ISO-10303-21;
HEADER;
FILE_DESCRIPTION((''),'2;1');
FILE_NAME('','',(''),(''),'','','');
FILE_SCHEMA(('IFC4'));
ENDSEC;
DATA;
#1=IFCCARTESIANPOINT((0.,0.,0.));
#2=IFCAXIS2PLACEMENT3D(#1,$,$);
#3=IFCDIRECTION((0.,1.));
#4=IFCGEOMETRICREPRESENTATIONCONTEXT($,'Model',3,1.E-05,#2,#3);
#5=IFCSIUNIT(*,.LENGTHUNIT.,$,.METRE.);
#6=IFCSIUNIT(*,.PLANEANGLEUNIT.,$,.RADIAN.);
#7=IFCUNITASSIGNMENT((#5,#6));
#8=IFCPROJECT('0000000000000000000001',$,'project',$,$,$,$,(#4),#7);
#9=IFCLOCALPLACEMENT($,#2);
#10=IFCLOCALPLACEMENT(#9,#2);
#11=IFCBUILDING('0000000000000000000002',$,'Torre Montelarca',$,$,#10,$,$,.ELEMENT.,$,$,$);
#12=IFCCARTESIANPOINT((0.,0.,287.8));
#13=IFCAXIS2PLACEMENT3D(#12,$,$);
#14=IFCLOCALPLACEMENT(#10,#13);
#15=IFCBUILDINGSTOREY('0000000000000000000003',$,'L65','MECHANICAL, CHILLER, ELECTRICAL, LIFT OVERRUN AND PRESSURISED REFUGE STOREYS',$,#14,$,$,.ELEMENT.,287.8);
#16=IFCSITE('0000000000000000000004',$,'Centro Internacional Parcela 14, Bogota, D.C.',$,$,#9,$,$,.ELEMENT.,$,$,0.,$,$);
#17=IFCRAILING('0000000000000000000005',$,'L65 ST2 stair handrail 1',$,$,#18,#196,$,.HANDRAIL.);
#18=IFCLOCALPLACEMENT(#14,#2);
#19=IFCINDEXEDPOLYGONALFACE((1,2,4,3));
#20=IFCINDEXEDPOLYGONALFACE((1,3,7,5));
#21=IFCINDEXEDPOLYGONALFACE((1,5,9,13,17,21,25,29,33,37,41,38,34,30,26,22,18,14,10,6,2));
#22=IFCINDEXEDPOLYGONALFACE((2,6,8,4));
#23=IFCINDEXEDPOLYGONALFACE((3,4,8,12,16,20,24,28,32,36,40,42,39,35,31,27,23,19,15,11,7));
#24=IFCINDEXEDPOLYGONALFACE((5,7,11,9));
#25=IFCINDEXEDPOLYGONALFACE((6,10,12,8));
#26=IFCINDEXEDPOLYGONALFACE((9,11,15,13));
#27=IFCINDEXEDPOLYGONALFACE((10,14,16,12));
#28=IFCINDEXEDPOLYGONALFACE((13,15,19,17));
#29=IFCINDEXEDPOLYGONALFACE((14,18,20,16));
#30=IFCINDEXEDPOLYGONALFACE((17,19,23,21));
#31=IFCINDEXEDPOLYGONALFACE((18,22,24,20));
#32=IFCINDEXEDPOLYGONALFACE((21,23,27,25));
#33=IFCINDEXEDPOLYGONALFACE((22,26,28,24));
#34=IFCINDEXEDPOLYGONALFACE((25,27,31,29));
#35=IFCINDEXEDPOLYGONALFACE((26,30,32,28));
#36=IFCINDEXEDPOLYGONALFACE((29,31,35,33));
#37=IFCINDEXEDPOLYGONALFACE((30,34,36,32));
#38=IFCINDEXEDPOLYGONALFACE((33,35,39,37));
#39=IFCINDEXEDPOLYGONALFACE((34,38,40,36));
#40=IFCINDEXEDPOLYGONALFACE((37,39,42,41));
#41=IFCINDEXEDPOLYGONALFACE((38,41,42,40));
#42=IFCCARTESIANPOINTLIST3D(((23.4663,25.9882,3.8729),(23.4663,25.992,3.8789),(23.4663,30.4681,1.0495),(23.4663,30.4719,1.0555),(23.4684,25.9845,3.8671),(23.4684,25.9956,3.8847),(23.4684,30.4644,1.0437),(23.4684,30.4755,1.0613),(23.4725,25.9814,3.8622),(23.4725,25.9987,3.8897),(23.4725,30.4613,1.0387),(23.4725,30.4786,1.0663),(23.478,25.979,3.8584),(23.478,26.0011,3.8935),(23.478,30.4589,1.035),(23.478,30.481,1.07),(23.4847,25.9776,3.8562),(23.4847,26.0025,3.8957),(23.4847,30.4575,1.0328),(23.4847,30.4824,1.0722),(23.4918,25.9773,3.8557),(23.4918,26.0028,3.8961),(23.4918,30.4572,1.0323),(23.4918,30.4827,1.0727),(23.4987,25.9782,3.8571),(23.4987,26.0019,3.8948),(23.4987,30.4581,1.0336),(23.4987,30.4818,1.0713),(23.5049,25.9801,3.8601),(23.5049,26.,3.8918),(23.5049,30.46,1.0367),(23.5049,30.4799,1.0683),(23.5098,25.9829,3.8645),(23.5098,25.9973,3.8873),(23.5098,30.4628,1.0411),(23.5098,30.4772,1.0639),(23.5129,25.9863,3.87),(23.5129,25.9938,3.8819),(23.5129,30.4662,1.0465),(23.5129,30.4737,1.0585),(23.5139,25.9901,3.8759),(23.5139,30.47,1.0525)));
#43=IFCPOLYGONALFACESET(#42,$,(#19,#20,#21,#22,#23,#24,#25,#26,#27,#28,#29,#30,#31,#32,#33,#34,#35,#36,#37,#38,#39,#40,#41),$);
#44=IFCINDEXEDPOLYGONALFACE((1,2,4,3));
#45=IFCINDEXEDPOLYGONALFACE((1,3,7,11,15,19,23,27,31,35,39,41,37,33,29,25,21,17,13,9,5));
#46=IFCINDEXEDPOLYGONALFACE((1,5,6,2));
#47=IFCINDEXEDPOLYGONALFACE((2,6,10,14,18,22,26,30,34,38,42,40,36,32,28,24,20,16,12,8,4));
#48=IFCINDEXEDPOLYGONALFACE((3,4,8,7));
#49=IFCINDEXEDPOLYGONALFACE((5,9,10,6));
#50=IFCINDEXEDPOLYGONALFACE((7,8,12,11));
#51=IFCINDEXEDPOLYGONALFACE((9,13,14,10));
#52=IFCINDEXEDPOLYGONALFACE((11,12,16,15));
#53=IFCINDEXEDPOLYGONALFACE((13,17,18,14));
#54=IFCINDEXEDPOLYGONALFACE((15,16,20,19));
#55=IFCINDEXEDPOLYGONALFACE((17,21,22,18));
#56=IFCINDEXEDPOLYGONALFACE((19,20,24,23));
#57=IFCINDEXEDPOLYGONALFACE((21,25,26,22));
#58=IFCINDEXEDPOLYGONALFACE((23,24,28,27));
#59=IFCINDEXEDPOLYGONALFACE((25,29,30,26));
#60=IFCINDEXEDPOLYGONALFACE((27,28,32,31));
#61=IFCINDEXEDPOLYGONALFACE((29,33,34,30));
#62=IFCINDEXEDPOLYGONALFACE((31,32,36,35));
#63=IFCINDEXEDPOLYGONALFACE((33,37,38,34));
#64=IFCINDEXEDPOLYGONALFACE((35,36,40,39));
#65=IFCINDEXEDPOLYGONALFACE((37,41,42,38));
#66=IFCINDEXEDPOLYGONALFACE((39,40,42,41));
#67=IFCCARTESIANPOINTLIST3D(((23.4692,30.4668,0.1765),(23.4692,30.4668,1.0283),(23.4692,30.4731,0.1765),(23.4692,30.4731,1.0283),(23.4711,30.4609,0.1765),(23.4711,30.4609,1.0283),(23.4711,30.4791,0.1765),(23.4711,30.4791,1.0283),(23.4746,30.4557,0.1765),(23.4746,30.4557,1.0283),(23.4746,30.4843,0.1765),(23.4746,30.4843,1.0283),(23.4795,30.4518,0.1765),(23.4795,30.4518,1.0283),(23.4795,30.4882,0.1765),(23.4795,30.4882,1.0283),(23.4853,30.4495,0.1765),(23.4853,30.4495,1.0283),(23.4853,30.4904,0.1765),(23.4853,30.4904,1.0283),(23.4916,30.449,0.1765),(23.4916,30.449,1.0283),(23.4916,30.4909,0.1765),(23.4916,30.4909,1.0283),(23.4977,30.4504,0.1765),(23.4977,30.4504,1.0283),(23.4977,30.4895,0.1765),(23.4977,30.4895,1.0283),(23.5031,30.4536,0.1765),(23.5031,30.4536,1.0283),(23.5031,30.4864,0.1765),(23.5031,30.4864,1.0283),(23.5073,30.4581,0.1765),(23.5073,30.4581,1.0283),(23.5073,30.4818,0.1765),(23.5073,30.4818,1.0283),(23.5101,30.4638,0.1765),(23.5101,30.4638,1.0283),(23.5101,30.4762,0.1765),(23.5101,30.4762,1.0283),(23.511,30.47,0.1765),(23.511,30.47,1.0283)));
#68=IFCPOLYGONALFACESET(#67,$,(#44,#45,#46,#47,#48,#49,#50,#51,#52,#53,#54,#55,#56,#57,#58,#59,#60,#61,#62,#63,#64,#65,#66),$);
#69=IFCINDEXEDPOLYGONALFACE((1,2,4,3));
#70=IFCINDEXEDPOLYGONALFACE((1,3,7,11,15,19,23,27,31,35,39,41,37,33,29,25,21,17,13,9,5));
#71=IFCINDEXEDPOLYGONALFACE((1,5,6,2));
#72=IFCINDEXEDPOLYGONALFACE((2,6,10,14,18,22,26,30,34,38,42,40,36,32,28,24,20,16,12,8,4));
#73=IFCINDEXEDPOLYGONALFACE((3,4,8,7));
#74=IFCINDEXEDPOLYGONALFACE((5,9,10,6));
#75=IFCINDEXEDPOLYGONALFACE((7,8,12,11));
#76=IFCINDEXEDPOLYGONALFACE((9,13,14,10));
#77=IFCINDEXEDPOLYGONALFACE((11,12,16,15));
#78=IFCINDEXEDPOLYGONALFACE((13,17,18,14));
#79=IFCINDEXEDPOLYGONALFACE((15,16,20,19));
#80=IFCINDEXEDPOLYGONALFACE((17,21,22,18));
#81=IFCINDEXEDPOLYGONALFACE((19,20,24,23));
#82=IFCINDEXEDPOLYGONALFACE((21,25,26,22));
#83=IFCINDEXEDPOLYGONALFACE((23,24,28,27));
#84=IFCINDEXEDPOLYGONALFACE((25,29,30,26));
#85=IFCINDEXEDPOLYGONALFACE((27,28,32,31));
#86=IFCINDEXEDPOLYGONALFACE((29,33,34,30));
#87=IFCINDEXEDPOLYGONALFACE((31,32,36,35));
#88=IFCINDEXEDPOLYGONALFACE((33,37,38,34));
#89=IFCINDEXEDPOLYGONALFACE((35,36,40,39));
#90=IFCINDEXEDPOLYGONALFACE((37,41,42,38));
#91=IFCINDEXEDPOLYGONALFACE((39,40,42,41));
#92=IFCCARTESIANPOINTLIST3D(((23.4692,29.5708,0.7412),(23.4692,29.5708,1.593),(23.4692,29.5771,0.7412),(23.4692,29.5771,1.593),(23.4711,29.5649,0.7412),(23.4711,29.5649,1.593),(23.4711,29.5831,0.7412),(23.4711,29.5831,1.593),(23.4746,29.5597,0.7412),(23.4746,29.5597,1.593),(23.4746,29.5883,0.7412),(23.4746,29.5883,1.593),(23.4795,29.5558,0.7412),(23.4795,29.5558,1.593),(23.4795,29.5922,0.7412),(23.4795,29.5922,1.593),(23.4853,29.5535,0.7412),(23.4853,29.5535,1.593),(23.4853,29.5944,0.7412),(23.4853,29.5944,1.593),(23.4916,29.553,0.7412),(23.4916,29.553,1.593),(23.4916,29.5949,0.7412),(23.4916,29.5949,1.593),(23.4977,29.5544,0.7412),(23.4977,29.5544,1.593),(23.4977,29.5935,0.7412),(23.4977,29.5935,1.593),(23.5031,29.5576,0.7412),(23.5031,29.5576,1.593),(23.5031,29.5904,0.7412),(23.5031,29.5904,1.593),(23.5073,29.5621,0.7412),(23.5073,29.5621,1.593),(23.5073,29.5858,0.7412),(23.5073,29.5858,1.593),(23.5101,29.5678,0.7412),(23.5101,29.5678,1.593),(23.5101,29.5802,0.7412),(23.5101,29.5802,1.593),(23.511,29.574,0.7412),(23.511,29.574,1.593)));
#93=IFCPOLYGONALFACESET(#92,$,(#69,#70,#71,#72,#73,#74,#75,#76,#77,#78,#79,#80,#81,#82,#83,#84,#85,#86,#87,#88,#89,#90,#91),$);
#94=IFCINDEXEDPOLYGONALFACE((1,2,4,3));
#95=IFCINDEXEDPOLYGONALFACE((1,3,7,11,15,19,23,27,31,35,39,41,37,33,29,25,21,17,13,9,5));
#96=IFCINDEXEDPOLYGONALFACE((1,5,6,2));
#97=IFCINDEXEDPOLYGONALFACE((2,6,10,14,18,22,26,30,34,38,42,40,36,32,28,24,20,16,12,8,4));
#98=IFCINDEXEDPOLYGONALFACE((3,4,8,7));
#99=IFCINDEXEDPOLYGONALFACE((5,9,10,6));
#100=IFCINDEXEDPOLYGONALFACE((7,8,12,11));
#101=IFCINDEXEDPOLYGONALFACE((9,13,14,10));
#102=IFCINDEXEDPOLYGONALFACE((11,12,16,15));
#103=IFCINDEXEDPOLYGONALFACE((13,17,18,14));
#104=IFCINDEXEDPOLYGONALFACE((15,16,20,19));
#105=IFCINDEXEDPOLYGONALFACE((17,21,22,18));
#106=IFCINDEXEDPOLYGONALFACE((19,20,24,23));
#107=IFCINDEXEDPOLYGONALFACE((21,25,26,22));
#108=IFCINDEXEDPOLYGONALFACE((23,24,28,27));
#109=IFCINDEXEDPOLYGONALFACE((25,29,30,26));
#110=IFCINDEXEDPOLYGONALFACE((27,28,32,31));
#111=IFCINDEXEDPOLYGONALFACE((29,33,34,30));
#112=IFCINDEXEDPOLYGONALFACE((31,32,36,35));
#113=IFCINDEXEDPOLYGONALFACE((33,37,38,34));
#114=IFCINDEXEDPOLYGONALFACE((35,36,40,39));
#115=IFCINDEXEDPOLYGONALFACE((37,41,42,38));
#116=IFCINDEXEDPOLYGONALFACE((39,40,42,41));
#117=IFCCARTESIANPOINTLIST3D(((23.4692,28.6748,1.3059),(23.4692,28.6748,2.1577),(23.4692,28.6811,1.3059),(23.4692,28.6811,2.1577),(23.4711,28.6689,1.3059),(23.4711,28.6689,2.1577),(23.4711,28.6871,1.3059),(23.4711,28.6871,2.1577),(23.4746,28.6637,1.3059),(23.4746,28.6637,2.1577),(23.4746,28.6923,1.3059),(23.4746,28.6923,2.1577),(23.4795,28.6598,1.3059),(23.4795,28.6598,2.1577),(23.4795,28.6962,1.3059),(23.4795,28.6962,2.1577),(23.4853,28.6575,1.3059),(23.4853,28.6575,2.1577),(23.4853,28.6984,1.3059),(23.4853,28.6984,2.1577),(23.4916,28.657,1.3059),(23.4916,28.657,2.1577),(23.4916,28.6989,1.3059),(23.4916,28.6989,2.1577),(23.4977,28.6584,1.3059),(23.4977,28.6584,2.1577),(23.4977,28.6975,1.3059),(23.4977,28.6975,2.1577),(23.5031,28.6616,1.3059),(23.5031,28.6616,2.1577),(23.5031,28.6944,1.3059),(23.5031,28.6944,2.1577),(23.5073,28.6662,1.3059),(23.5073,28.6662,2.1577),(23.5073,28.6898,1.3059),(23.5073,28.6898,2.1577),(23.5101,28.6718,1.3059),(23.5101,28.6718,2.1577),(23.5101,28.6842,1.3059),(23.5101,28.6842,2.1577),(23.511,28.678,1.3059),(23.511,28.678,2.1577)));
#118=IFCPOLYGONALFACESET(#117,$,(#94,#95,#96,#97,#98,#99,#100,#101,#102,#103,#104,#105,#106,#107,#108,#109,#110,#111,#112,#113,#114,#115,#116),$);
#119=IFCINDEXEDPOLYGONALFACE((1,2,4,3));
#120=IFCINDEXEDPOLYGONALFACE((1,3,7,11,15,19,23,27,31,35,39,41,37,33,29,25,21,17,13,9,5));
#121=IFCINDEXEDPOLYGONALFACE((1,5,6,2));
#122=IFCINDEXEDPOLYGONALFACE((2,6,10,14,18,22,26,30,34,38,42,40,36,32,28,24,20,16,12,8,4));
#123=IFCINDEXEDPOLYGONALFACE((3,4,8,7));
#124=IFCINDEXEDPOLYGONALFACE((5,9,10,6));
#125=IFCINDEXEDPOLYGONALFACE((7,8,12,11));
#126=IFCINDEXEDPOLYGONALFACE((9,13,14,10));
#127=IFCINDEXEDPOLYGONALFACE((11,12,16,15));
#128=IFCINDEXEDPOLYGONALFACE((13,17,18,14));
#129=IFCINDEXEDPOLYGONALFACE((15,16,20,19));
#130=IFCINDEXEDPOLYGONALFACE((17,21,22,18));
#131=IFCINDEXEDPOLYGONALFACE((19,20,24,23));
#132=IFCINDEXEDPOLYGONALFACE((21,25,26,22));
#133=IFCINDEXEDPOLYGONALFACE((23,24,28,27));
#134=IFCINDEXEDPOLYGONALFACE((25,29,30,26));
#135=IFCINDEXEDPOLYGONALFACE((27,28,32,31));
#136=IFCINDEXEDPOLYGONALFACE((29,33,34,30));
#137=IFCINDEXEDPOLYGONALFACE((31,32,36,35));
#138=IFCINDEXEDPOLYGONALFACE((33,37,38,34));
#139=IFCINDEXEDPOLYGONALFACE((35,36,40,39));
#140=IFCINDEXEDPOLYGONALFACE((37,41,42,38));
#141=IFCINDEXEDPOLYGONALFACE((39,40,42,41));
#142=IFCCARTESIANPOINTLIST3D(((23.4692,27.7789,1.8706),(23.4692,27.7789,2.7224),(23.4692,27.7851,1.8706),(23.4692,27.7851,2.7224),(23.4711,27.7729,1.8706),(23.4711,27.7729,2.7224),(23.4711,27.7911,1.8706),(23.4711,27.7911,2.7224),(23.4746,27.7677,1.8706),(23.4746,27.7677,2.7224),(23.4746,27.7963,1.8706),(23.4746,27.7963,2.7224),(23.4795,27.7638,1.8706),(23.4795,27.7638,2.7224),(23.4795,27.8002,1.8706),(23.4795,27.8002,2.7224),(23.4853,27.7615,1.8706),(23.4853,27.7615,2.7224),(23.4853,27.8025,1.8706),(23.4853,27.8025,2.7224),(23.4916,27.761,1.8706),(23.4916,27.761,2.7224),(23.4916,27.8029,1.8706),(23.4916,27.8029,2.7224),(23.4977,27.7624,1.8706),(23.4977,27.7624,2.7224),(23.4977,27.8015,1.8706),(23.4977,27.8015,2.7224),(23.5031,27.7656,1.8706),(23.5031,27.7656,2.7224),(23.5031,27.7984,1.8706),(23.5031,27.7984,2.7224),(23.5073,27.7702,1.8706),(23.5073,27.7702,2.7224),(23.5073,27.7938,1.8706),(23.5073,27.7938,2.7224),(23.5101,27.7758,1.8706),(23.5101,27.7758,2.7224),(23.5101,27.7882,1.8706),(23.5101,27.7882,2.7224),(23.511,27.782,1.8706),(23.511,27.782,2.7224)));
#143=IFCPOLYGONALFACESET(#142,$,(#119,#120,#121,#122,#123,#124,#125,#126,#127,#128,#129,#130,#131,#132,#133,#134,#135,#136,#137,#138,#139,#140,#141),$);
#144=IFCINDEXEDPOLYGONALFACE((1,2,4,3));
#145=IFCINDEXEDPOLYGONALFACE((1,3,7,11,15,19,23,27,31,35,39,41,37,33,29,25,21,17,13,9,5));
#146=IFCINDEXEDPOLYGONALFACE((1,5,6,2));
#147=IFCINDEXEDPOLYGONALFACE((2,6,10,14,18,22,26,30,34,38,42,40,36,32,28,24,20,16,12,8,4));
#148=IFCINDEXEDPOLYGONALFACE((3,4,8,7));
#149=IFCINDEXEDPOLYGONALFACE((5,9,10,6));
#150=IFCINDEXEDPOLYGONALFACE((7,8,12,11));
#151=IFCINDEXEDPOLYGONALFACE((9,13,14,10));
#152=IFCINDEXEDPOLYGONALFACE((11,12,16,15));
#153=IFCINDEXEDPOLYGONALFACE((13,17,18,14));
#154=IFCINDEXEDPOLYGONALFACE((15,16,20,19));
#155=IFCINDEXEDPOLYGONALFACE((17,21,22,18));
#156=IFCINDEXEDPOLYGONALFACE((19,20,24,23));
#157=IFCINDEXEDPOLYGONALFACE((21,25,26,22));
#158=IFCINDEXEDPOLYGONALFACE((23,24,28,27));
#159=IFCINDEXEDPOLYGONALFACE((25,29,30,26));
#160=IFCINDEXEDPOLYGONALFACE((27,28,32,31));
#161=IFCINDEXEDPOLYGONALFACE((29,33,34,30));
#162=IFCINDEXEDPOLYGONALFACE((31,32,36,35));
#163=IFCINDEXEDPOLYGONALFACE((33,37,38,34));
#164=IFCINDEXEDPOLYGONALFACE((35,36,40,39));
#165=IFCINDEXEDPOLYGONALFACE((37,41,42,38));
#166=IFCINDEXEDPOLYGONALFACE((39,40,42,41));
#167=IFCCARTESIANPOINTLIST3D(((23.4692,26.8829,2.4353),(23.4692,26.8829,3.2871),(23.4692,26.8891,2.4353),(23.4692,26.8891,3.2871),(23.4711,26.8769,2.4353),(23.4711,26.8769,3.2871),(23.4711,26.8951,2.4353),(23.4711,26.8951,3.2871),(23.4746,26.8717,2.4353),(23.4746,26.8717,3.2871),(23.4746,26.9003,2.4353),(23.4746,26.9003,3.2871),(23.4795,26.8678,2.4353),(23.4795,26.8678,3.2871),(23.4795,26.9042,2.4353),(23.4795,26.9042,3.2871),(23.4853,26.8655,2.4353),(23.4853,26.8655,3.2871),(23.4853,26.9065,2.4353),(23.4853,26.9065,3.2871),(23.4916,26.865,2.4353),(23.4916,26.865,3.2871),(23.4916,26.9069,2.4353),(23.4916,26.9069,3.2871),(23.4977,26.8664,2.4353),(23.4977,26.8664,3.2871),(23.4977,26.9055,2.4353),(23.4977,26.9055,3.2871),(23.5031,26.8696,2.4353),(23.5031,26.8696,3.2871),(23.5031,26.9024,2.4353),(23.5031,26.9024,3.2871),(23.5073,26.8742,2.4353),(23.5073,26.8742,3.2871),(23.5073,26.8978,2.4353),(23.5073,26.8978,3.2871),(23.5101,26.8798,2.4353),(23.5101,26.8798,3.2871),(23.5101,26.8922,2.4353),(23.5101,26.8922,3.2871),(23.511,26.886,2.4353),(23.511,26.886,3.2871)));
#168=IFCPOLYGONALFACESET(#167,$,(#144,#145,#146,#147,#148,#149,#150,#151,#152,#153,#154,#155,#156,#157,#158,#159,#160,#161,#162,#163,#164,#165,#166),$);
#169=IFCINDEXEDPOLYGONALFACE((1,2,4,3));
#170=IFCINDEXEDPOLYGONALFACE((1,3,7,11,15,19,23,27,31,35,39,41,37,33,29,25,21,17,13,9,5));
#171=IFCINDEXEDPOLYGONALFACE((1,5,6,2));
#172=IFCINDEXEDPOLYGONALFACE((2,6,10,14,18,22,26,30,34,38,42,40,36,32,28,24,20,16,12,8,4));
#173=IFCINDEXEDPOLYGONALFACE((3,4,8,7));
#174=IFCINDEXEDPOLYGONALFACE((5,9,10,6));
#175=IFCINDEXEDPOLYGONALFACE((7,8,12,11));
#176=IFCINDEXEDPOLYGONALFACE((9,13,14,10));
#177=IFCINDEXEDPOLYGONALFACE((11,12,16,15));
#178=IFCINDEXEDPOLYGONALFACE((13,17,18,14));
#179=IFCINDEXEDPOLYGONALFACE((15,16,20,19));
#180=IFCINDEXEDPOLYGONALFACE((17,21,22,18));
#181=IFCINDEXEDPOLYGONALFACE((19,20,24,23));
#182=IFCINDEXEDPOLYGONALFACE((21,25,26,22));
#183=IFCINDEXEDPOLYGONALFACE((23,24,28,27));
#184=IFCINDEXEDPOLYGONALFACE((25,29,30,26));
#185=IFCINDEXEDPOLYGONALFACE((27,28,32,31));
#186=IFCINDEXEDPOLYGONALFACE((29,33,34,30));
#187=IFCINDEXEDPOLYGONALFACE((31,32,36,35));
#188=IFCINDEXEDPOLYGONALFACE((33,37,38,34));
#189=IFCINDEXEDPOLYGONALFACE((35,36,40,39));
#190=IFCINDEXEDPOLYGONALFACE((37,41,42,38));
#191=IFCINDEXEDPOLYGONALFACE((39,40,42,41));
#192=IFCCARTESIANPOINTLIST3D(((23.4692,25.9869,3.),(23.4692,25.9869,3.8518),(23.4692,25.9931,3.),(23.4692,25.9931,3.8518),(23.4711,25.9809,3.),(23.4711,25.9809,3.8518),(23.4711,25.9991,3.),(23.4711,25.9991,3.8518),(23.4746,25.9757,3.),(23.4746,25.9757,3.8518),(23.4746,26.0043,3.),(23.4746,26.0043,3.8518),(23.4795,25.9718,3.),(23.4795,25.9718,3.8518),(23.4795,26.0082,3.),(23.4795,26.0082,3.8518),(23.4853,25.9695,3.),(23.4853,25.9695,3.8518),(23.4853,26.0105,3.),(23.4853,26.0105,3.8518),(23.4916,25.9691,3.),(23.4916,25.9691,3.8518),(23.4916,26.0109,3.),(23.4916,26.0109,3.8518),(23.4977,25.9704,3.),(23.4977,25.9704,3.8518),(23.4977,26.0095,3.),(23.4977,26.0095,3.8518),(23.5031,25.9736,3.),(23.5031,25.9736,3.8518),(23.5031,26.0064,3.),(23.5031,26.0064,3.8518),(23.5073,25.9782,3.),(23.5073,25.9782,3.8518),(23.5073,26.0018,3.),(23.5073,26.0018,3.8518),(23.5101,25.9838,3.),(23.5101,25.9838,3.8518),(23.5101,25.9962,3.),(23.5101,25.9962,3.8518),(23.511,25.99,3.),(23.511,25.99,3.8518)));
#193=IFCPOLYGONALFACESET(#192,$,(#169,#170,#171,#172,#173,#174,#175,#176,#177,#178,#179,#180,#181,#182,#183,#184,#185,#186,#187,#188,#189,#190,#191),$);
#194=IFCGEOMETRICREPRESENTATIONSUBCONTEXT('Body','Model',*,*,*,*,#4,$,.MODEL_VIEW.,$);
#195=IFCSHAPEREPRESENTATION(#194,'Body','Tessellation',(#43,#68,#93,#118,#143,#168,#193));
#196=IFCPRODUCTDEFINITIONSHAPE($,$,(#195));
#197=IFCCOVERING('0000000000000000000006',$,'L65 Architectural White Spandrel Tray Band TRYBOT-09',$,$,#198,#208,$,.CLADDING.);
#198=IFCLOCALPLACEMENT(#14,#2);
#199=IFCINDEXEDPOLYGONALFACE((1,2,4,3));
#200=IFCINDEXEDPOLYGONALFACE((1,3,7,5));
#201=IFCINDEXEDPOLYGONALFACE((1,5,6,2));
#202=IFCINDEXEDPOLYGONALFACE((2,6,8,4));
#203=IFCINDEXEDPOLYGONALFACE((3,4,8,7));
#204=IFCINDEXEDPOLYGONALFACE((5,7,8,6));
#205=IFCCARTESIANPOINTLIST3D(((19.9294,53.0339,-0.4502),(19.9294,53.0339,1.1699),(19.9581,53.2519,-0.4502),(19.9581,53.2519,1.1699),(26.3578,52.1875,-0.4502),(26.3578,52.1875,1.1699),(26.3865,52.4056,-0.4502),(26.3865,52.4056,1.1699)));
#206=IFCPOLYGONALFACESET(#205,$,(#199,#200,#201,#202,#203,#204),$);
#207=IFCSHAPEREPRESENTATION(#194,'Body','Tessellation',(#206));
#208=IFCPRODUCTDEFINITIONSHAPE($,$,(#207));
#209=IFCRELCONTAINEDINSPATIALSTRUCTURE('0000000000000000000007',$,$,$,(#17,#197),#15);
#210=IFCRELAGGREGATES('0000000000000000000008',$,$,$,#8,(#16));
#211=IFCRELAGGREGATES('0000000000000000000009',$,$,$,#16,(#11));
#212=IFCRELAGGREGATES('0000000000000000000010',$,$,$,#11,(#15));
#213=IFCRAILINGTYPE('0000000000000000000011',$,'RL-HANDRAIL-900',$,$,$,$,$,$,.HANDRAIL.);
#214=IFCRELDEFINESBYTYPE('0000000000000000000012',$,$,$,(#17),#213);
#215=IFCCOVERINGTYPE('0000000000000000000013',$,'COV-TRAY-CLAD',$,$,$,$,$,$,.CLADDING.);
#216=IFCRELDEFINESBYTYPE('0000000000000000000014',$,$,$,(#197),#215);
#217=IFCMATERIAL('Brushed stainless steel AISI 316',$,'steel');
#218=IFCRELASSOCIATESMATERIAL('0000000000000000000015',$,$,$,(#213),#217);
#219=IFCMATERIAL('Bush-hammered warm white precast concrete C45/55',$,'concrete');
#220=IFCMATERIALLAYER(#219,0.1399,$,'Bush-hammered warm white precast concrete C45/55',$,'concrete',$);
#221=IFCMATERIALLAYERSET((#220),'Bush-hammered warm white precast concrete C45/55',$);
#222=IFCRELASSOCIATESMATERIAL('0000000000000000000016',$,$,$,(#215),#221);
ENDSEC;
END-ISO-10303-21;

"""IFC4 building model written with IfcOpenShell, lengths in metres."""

from ifc_helpers import new_model, si_unit, direction, frame, origin, origin_2d, place, context, subcontext, project, spatial, rectangle, circle, extrude, source, transform, mapped, material, layer, layer_set, type_object, element, save


model = new_model("IFC4")

# Units and contexts
model_context = context("Model", 3, precision=1e-05, world=origin(), true_north=direction((0.0, 1.0)))
body_context = subcontext(model_context, "Body", "Model", "MODEL_VIEW")
ifc_project = project(units=[si_unit("LENGTHUNIT", "METRE"), si_unit("PLANEANGLEUNIT", "RADIAN")], contexts=[model_context])

# Site, building, storey
site_placement = place(None, origin())
site = spatial("IfcSite", under=ifc_project, at=site_placement, Name="Centro Internacional Parcela 14, Bogota, D.C.", CompositionType="ELEMENT", RefElevation=0.0)
building_placement = place(site_placement, origin())
building = spatial("IfcBuilding", under=site, at=building_placement, Name="Torre Montelarca", CompositionType="ELEMENT")
storey_placement = place(building_placement, frame((0.0, 0.0, 287.8)))
storey = spatial("IfcBuildingStorey", under=building, at=storey_placement, Name="L65", Description="MECHANICAL, CHILLER, ELECTRICAL, LIFT OVERRUN AND PRESSURISED REFUGE STOREYS", CompositionType="ELEMENT", Elevation=287.8)

# Shared definitions
ifc_material_1 = material(Name="Brushed stainless steel AISI 316", Category="steel")

# Railing
railing_type_1 = type_object("IfcRailingType", Name="RL-HANDRAIL-900", PredefinedType="HANDRAIL", material=ifc_material_1)
railing_1_placement = place(storey_placement, frame((23.49, 30.47, 0.1765)))
element("IfcRailing", 1, at=railing_1_placement, inside=storey, type_object=railing_type_1, Name="L65 ST2 stair handrail 1", PredefinedType="HANDRAIL", context=body_context, shape_type="SweptSolid", body=[
    extrude(circle(Radius=0.0239, at=origin_2d()), frame((0.0, 0.0, 0.876), z_axis=(0.0, -0.845998, 0.533186), x_axis=(1.0, 0.0, 0.0)), (0.0, 0.0, 1.0), 5.2954),
    extrude(circle(Radius=0.021, at=origin_2d()), origin(), (0.0, 0.0, 1.0), 0.8518),
    extrude(circle(Radius=0.021, at=origin_2d()), frame((0.0, -0.896, 0.5647)), (0.0, 0.0, 1.0), 0.8518),
    extrude(circle(Radius=0.021, at=origin_2d()), frame((0.0, -1.792, 1.1294)), (0.0, 0.0, 1.0), 0.8518),
    extrude(circle(Radius=0.021, at=origin_2d()), frame((0.0, -2.688, 1.6941)), (0.0, 0.0, 1.0), 0.8518),
    extrude(circle(Radius=0.021, at=origin_2d()), frame((0.0, -3.584, 2.2588)), (0.0, 0.0, 1.0), 0.8518),
    extrude(circle(Radius=0.021, at=origin_2d()), frame((0.0, -4.48, 2.8235)), (0.0, 0.0, 1.0), 0.8518),
])

# Covering
ifc_material_2 = material(Name="Bush-hammered warm white precast concrete C45/55", Category="concrete")
ifc_layer_1 = layer(ifc_material_2, 0.1399, Name="Bush-hammered warm white precast concrete C45/55", Category="concrete")
ifc_layer_set_1 = layer_set([ifc_layer_1], Name="Bush-hammered warm white precast concrete C45/55")
covering_type = type_object("IfcCoveringType", Name="COV-TRAY-CLAD", PredefinedType="CLADDING", material=ifc_layer_set_1)
shared_shape_1 = source(origin(), body_context, "Body", "SweptSolid", [
    extrude(rectangle(XDim=6.4839, YDim=0.22, at=origin_2d()), origin(), (0.0, 0.0, 1.0), 1.6201),
])
covering_placement = place(storey_placement, frame((23.158, 52.7197, -0.4502), z_axis=(0.0, 0.0, 1.0), x_axis=(-0.991444, 0.130531, 0.0)))
element("IfcCovering", 2, at=covering_placement, inside=storey, type_object=covering_type, Name="L65 Architectural White Spandrel Tray Band TRYBOT-09", PredefinedType="CLADDING", context=body_context, shape_type="MappedRepresentation", body=[
    mapped(shared_shape_1, transform((0.0, 0.0, 0.0), scale=1.0)),
])

save(model, "model.ifc")
